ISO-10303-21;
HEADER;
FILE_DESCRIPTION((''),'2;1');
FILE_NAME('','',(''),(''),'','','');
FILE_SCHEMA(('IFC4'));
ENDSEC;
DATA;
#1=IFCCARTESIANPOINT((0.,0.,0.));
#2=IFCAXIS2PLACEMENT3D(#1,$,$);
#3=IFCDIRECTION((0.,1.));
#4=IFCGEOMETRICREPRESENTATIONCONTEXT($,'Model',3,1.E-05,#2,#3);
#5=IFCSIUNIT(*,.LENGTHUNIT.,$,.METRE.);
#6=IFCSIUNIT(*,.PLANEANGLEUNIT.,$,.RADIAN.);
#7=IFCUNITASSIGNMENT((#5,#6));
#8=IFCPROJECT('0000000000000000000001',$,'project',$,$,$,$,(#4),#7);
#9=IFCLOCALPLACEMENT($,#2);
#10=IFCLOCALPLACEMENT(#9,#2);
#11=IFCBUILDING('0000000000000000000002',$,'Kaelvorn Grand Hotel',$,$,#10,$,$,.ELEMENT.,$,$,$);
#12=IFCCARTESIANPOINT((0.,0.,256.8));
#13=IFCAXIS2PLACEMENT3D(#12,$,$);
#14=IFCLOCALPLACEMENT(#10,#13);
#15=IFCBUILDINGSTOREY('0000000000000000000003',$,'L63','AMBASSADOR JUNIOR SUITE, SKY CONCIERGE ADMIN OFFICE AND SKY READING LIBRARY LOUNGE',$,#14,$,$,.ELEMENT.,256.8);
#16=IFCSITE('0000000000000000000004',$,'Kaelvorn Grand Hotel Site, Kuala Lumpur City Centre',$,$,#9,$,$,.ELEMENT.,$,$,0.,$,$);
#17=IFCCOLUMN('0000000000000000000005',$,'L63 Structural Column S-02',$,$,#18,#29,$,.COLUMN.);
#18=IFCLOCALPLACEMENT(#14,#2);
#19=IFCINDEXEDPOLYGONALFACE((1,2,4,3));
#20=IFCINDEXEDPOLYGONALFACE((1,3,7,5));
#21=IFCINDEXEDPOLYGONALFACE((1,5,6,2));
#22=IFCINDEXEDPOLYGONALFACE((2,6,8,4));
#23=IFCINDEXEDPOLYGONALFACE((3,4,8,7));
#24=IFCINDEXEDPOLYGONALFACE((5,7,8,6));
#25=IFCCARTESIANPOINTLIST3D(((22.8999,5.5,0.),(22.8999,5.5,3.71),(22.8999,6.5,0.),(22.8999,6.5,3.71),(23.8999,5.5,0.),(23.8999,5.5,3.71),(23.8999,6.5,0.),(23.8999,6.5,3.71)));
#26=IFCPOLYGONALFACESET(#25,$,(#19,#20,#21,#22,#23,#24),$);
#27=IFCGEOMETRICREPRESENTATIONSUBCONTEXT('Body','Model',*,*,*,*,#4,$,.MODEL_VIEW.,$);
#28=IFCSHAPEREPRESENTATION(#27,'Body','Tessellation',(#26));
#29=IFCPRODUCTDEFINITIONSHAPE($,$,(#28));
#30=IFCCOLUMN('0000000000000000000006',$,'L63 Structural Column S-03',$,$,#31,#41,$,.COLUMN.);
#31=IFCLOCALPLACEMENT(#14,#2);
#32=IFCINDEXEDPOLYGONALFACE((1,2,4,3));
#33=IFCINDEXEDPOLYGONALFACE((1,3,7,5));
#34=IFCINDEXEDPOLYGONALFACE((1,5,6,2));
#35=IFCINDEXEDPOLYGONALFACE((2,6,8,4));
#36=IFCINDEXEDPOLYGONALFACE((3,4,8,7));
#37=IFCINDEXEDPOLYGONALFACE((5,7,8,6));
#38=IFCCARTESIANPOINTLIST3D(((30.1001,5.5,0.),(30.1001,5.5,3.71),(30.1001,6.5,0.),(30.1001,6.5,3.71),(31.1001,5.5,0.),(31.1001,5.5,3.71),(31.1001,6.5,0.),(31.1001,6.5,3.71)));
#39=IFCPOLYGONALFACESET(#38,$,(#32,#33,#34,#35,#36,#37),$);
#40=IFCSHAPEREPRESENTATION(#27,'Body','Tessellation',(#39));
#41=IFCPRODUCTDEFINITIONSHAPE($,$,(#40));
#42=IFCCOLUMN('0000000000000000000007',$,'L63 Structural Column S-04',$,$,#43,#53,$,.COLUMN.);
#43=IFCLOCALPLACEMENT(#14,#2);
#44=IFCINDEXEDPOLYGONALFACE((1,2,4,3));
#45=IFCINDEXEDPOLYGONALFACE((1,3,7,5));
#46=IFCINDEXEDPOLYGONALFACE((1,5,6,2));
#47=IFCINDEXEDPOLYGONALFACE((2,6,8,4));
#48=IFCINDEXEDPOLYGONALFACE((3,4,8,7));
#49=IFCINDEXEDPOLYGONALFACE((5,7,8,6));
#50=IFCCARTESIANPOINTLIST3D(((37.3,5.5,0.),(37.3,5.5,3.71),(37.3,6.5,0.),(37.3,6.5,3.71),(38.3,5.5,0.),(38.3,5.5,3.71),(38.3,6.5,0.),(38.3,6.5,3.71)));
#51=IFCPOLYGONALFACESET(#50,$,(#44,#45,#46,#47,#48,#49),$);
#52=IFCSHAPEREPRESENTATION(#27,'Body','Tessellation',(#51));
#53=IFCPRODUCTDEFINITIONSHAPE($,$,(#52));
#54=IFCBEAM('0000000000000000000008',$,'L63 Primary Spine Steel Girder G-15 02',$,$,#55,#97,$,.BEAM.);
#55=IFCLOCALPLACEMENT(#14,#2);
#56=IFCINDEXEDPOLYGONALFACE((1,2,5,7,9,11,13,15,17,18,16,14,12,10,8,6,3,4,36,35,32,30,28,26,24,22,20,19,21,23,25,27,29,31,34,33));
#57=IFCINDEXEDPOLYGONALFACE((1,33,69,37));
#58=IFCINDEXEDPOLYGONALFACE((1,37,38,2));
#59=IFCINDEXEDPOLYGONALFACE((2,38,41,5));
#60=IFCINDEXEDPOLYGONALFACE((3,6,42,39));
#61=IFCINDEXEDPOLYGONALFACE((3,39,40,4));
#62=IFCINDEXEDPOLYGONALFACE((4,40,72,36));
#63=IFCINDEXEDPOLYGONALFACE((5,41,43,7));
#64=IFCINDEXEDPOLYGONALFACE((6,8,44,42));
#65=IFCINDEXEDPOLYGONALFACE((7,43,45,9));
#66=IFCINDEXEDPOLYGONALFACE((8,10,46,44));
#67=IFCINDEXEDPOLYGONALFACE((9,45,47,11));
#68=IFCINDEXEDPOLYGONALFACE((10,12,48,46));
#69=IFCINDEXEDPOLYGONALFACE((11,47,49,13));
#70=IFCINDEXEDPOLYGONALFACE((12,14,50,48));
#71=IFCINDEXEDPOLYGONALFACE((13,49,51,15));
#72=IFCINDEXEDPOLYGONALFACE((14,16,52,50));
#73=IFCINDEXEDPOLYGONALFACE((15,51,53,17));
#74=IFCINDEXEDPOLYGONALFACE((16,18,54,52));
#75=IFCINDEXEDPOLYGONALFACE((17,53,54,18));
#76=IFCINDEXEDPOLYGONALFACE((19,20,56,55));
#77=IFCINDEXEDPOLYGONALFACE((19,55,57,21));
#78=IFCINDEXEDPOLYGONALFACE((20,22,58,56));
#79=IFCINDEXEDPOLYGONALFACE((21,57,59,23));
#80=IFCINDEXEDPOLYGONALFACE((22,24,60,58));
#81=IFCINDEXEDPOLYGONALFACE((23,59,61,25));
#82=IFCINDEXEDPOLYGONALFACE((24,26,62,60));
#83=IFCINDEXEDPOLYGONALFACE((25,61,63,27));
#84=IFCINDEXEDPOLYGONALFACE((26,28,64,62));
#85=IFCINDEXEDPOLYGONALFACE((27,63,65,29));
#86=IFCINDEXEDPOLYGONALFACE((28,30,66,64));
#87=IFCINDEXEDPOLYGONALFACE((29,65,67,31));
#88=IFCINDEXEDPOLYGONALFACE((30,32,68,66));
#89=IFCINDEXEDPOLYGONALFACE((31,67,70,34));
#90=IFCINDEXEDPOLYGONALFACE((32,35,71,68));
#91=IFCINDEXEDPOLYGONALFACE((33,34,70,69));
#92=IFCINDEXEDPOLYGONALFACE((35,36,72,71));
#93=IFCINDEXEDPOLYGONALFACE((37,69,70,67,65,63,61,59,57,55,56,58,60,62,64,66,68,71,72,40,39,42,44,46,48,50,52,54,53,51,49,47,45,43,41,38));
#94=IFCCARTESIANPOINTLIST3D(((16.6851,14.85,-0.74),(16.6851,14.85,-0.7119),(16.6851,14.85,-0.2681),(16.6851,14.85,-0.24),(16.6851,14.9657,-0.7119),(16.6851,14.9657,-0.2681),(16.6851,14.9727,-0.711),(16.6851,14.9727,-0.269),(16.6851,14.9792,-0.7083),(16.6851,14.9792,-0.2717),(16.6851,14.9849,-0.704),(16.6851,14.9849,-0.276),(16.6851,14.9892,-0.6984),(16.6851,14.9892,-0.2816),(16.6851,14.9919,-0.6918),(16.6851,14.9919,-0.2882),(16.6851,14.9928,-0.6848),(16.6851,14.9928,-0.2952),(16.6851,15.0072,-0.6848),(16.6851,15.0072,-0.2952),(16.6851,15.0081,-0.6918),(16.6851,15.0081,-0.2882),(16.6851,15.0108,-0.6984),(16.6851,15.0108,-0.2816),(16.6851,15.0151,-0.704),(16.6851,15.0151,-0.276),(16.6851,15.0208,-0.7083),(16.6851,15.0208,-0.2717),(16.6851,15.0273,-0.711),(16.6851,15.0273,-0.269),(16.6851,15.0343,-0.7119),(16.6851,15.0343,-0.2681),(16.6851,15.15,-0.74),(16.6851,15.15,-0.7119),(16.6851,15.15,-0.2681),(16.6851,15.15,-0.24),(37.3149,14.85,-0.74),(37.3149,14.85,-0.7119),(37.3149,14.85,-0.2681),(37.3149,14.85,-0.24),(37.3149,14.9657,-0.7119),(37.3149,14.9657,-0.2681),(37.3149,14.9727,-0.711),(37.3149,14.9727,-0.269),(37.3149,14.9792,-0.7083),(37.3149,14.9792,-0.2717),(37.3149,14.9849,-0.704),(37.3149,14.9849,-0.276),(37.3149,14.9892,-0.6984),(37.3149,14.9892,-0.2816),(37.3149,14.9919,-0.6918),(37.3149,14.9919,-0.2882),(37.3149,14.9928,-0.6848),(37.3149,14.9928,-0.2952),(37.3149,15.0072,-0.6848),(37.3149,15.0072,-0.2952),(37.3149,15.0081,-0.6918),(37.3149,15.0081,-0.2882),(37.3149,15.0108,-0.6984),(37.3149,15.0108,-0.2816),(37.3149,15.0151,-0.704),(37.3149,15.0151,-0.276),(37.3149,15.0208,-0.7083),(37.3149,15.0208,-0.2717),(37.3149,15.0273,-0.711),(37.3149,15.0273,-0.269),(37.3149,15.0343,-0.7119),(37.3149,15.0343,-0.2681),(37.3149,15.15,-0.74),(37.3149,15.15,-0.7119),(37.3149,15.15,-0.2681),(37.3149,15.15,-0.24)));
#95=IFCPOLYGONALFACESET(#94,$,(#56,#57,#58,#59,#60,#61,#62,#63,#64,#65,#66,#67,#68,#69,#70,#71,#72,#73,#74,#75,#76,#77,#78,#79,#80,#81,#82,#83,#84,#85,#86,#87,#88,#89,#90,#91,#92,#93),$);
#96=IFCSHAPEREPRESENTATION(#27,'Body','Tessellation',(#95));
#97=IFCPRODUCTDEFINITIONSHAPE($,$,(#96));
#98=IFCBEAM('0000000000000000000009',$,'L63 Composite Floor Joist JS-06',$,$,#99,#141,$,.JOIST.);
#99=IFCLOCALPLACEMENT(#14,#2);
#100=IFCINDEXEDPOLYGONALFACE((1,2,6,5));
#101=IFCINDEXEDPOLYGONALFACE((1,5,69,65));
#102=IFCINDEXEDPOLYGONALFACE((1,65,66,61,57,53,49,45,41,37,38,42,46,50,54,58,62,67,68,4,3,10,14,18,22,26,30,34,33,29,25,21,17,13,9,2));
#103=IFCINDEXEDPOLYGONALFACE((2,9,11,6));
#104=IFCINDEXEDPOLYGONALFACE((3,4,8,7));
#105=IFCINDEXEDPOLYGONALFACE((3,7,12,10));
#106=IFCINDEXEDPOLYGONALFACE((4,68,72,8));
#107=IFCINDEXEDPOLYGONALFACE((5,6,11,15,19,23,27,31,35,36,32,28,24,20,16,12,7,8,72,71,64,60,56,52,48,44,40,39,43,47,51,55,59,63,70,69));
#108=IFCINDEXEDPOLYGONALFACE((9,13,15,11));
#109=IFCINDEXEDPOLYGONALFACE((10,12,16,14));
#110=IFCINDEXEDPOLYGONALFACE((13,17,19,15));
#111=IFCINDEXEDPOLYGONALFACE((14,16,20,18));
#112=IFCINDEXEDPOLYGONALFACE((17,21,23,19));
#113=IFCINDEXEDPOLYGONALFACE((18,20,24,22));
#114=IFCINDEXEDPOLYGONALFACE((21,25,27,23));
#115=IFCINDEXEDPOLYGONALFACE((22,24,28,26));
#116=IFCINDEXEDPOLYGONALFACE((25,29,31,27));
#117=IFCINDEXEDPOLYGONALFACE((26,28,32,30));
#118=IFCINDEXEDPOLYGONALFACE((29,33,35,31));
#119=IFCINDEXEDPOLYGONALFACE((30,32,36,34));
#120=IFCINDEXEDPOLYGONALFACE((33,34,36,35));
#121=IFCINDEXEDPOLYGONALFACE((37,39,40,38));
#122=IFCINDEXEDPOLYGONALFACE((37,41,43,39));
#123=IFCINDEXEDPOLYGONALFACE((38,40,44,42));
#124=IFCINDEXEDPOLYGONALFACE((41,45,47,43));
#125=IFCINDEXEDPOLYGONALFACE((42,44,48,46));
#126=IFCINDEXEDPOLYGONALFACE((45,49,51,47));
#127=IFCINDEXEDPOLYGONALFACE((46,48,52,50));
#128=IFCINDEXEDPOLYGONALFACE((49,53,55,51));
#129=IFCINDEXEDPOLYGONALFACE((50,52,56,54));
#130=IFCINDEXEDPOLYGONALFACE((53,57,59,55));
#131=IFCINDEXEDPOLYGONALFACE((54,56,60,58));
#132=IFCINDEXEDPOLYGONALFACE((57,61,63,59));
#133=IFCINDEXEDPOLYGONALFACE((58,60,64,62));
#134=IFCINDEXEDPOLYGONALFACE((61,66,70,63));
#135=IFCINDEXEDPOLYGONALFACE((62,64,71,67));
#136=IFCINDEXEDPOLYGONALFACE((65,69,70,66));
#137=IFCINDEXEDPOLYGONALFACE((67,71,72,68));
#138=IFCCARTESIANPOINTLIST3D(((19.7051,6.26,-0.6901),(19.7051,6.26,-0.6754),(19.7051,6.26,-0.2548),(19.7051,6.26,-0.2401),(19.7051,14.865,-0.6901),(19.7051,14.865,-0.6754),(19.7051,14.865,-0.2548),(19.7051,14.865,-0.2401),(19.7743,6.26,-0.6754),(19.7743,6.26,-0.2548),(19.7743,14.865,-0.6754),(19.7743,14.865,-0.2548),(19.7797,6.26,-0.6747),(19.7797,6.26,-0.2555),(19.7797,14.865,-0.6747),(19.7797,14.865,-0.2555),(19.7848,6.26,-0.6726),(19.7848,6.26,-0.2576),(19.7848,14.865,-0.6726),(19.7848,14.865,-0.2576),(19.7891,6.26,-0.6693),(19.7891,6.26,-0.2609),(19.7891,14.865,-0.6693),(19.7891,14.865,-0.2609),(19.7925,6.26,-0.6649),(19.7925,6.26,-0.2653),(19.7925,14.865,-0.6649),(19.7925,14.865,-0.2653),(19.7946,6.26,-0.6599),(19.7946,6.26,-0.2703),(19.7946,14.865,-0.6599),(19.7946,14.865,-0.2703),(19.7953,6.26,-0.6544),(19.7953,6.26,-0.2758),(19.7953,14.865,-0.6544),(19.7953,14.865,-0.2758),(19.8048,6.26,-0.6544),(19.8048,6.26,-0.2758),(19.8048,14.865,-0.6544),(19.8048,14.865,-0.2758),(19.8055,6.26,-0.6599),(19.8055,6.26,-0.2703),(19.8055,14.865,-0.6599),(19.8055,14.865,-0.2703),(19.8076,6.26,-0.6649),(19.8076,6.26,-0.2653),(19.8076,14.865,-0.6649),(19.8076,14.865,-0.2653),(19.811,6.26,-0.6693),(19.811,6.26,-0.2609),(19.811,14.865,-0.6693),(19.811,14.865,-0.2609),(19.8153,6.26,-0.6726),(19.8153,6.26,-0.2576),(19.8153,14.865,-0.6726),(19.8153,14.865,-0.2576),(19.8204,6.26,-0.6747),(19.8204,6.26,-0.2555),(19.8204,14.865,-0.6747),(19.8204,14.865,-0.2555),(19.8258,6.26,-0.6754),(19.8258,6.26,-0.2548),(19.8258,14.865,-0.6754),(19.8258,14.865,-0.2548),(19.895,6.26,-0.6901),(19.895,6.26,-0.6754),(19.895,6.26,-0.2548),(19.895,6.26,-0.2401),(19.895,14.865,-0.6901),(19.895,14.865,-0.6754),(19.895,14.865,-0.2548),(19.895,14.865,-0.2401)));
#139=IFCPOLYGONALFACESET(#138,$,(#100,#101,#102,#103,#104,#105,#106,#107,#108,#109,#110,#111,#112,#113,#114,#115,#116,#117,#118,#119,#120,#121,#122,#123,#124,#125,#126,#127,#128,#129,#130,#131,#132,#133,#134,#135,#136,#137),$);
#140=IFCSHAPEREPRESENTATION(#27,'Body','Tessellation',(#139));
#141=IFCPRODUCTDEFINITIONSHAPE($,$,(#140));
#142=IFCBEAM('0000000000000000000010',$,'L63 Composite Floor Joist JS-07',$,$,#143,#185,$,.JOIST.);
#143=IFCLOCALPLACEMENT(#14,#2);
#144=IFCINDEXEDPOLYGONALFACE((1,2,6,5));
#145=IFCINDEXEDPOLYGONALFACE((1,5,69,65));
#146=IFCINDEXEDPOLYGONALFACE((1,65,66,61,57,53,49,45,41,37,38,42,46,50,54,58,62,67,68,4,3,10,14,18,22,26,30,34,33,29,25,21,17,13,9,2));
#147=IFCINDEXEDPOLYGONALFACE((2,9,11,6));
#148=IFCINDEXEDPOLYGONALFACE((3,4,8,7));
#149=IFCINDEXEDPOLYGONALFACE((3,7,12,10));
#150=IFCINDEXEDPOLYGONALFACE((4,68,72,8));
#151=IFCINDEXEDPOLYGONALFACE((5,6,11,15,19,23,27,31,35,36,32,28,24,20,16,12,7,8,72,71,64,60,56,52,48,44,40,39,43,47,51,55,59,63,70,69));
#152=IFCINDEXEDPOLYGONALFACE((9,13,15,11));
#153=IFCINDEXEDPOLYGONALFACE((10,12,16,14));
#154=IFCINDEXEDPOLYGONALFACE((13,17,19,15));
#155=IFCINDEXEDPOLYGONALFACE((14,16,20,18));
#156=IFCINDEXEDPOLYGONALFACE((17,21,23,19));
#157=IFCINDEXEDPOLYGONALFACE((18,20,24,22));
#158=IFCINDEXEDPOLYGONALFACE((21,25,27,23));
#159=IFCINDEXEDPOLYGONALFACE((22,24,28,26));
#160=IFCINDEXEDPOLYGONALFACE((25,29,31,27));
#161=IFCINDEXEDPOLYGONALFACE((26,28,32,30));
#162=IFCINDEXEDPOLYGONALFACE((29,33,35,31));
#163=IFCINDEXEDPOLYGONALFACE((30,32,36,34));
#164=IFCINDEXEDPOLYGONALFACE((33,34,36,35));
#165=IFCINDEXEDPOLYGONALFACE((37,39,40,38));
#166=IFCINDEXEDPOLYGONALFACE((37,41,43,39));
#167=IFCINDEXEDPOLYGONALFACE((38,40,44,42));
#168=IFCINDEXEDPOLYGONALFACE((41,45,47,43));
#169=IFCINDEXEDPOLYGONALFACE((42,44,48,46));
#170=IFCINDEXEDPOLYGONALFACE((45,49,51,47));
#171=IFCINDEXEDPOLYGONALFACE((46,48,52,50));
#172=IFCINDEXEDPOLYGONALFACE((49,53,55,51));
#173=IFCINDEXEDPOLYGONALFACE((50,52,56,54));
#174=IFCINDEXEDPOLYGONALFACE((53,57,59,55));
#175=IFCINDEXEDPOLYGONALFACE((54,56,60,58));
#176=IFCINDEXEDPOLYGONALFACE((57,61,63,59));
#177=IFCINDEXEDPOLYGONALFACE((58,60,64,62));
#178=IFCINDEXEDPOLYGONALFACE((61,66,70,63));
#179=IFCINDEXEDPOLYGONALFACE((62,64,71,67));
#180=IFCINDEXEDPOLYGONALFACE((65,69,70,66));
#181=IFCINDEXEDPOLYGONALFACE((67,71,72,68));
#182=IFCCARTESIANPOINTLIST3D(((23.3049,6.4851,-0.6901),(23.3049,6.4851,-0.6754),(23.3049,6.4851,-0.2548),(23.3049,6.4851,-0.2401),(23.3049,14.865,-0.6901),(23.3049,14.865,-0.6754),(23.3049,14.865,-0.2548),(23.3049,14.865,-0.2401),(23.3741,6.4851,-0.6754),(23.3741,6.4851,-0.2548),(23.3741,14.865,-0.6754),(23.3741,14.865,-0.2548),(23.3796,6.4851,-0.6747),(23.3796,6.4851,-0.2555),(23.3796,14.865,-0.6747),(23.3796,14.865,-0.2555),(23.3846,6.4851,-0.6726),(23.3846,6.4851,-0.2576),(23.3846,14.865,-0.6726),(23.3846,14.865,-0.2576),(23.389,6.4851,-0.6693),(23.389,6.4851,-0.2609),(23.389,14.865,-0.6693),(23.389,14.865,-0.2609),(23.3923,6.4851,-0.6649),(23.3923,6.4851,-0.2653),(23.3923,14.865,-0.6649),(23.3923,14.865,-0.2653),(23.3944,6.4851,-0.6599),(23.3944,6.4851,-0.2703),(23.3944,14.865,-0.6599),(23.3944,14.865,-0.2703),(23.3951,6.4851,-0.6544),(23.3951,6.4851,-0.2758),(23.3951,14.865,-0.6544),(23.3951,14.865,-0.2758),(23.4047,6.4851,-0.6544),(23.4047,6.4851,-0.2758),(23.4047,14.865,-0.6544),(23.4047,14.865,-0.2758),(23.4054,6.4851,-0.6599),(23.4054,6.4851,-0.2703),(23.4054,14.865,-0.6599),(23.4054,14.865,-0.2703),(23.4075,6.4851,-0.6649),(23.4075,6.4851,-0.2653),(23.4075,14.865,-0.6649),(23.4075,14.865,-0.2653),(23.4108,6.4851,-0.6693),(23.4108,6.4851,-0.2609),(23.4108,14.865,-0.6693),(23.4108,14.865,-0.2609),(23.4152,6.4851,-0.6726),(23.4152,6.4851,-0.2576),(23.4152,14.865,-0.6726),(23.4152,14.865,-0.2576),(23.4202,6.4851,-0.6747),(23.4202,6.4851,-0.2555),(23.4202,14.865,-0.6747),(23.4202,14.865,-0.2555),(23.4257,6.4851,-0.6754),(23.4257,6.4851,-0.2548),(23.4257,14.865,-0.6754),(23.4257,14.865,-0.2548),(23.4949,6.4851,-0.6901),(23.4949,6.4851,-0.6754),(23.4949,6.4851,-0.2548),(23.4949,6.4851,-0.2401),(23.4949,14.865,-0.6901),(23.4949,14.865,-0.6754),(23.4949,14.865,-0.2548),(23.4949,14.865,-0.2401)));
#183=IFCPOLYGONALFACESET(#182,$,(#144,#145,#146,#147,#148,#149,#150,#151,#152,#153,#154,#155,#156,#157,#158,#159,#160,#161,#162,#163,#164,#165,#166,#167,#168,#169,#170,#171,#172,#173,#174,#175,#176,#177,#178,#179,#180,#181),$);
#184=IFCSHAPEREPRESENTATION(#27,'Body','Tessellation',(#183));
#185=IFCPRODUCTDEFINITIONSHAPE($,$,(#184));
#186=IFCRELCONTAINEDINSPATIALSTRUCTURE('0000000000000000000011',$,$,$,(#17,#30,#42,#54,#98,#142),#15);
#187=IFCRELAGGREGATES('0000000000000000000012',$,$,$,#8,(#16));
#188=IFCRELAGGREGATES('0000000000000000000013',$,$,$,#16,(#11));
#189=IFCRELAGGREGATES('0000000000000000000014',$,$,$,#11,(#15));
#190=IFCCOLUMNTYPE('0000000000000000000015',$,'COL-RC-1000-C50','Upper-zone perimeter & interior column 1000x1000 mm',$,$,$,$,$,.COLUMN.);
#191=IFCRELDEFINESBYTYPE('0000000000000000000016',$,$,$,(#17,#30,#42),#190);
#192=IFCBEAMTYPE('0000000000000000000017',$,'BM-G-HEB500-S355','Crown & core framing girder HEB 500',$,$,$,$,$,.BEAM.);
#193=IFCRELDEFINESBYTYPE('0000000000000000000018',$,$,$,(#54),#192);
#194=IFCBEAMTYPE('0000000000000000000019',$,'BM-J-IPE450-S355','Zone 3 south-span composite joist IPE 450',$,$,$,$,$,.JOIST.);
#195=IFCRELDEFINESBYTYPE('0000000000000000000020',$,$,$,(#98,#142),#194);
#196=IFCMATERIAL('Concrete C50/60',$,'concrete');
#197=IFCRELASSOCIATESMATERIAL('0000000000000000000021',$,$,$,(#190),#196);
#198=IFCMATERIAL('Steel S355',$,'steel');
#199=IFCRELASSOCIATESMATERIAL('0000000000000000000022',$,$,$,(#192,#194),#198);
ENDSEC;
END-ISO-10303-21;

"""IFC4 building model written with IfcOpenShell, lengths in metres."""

from ifc_helpers import new_model, si_unit, direction, frame, origin, origin_2d, place, context, subcontext, project, spatial, rectangle, i_section, extrude, material, material_profile, profile_set, type_object, element, save


model = new_model("IFC4")

# Units and contexts
model_context = context("Model", 3, precision=1e-05, world=origin(), true_north=direction((0.0, 1.0)))
body_context = subcontext(model_context, "Body", "Model", "MODEL_VIEW")
ifc_project = project(units=[si_unit("LENGTHUNIT", "METRE"), si_unit("PLANEANGLEUNIT", "RADIAN")], contexts=[model_context])

# Site, building, storey
site_placement = place(None, origin())
site = spatial("IfcSite", under=ifc_project, at=site_placement, Name="Kaelvorn Grand Hotel Site, Kuala Lumpur City Centre", CompositionType="ELEMENT", RefElevation=0.0)
building_placement = place(site_placement, origin())
building = spatial("IfcBuilding", under=site, at=building_placement, Name="Kaelvorn Grand Hotel", CompositionType="ELEMENT")
storey_placement = place(building_placement, frame((0.0, 0.0, 256.8)))
storey = spatial("IfcBuildingStorey", under=building, at=storey_placement, Name="L63", Description="AMBASSADOR JUNIOR SUITE, SKY CONCIERGE ADMIN OFFICE AND SKY READING LIBRARY LOUNGE", CompositionType="ELEMENT", Elevation=256.8)

# Columns
ifc_material_1 = material(Name="Concrete C50/60", Category="concrete")
ifc_material_profile_1 = material_profile(ifc_material_1, rectangle(XDim=1.0, YDim=1.0, at=origin_2d()), Name="RC COL 1000x1000")
ifc_profile_set_1 = profile_set([ifc_material_profile_1], Name="Concrete C50/60")
column_type = type_object("IfcColumnType", Name="COL-RC-1000-C50", Description="Upper-zone perimeter & interior column 1000x1000 mm", PredefinedType="COLUMN", material=ifc_profile_set_1)
for number, where, z_axis, x_axis, name in (
    (1, (23.3999, 6.0, 0.0), (0.0, 0.0, 1.0), (1.0, 0.0, 0.0), "L63 Structural Column S-02"),
    (2, (30.6001, 6.0, 0.0), (0.0, 0.0, 1.0), (1.0, 0.0, 0.0), "L63 Structural Column S-03"),
    (3, (37.8, 6.0, 0.0), (0.0, 0.0, 1.0), (1.0, 0.0, 0.0), "L63 Structural Column S-04"),
):
    element("IfcColumn", number, at=place(storey_placement, frame(where, z_axis=z_axis, x_axis=x_axis)), inside=storey, type_object=column_type, Name=name, PredefinedType="COLUMN", context=body_context, shape_type="SweptSolid", body=[
        extrude(rectangle(XDim=1.0, YDim=1.0, at=origin_2d()), origin(), (0.0, 0.0, 1.0), 3.71),
    ])

# Beams
ifc_material_2 = material(Name="Steel S355", Category="steel")
ifc_material_profile_2 = material_profile(ifc_material_2, i_section(OverallWidth=0.3, OverallDepth=0.5, WebThickness=0.0144, FlangeThickness=0.0281, FilletRadius=0.0271, at=origin_2d()), Name="HEB 500")
ifc_profile_set_2 = profile_set([ifc_material_profile_2], Name="Steel S355")
beam_type_1 = type_object("IfcBeamType", Name="BM-G-HEB500-S355", Description="Crown & core framing girder HEB 500", PredefinedType="BEAM", material=ifc_profile_set_2)
beam_1_placement = place(storey_placement, frame((16.6851, 15.0, -0.49), z_axis=(1.0, 0.0, 0.0), x_axis=(0.0, 1.0, 0.0)))
element("IfcBeam", 4, at=beam_1_placement, inside=storey, type_object=beam_type_1, Name="L63 Primary Spine Steel Girder G-15 02", PredefinedType="BEAM", context=body_context, shape_type="SweptSolid", body=[
    extrude(i_section(OverallWidth=0.3, OverallDepth=0.5, WebThickness=0.0144, FlangeThickness=0.0281, FilletRadius=0.0271, at=origin_2d()), origin(), (0.0, 0.0, 1.0), 20.6299),
])
ifc_material_profile_3 = material_profile(ifc_material_2, i_section(OverallWidth=0.1899, OverallDepth=0.45, WebThickness=0.0095, FlangeThickness=0.0146, FilletRadius=0.021, at=origin_2d()), Name="IPE 450")
ifc_profile_set_3 = profile_set([ifc_material_profile_3], Name="Steel S355")
beam_type_2 = type_object("IfcBeamType", Name="BM-J-IPE450-S355", Description="Zone 3 south-span composite joist IPE 450", PredefinedType="JOIST", material=ifc_profile_set_3)
beam_2_placement = place(storey_placement, frame((19.8, 6.26, -0.4651), z_axis=(0.0, 1.0, 0.0), x_axis=(-1.0, 0.0, 0.0)))
element("IfcBeam", 5, at=beam_2_placement, inside=storey, type_object=beam_type_2, Name="L63 Composite Floor Joist JS-06", PredefinedType="JOIST", context=body_context, shape_type="SweptSolid", body=[
    extrude(i_section(OverallWidth=0.1899, OverallDepth=0.45, WebThickness=0.0095, FlangeThickness=0.0146, FilletRadius=0.021, at=origin_2d()), origin(), (0.0, 0.0, 1.0), 8.605),
])
beam_3_placement = place(storey_placement, frame((23.3999, 6.4851, -0.4651), z_axis=(0.0, 1.0, 0.0), x_axis=(-1.0, 0.0, 0.0)))
element("IfcBeam", 6, at=beam_3_placement, inside=storey, type_object=beam_type_2, Name="L63 Composite Floor Joist JS-07", PredefinedType="JOIST", context=body_context, shape_type="SweptSolid", body=[
    extrude(i_section(OverallWidth=0.1899, OverallDepth=0.45, WebThickness=0.0095, FlangeThickness=0.0146, FilletRadius=0.021, at=origin_2d()), origin(), (0.0, 0.0, 1.0), 8.3799),
])

save(model, "model.ifc")
